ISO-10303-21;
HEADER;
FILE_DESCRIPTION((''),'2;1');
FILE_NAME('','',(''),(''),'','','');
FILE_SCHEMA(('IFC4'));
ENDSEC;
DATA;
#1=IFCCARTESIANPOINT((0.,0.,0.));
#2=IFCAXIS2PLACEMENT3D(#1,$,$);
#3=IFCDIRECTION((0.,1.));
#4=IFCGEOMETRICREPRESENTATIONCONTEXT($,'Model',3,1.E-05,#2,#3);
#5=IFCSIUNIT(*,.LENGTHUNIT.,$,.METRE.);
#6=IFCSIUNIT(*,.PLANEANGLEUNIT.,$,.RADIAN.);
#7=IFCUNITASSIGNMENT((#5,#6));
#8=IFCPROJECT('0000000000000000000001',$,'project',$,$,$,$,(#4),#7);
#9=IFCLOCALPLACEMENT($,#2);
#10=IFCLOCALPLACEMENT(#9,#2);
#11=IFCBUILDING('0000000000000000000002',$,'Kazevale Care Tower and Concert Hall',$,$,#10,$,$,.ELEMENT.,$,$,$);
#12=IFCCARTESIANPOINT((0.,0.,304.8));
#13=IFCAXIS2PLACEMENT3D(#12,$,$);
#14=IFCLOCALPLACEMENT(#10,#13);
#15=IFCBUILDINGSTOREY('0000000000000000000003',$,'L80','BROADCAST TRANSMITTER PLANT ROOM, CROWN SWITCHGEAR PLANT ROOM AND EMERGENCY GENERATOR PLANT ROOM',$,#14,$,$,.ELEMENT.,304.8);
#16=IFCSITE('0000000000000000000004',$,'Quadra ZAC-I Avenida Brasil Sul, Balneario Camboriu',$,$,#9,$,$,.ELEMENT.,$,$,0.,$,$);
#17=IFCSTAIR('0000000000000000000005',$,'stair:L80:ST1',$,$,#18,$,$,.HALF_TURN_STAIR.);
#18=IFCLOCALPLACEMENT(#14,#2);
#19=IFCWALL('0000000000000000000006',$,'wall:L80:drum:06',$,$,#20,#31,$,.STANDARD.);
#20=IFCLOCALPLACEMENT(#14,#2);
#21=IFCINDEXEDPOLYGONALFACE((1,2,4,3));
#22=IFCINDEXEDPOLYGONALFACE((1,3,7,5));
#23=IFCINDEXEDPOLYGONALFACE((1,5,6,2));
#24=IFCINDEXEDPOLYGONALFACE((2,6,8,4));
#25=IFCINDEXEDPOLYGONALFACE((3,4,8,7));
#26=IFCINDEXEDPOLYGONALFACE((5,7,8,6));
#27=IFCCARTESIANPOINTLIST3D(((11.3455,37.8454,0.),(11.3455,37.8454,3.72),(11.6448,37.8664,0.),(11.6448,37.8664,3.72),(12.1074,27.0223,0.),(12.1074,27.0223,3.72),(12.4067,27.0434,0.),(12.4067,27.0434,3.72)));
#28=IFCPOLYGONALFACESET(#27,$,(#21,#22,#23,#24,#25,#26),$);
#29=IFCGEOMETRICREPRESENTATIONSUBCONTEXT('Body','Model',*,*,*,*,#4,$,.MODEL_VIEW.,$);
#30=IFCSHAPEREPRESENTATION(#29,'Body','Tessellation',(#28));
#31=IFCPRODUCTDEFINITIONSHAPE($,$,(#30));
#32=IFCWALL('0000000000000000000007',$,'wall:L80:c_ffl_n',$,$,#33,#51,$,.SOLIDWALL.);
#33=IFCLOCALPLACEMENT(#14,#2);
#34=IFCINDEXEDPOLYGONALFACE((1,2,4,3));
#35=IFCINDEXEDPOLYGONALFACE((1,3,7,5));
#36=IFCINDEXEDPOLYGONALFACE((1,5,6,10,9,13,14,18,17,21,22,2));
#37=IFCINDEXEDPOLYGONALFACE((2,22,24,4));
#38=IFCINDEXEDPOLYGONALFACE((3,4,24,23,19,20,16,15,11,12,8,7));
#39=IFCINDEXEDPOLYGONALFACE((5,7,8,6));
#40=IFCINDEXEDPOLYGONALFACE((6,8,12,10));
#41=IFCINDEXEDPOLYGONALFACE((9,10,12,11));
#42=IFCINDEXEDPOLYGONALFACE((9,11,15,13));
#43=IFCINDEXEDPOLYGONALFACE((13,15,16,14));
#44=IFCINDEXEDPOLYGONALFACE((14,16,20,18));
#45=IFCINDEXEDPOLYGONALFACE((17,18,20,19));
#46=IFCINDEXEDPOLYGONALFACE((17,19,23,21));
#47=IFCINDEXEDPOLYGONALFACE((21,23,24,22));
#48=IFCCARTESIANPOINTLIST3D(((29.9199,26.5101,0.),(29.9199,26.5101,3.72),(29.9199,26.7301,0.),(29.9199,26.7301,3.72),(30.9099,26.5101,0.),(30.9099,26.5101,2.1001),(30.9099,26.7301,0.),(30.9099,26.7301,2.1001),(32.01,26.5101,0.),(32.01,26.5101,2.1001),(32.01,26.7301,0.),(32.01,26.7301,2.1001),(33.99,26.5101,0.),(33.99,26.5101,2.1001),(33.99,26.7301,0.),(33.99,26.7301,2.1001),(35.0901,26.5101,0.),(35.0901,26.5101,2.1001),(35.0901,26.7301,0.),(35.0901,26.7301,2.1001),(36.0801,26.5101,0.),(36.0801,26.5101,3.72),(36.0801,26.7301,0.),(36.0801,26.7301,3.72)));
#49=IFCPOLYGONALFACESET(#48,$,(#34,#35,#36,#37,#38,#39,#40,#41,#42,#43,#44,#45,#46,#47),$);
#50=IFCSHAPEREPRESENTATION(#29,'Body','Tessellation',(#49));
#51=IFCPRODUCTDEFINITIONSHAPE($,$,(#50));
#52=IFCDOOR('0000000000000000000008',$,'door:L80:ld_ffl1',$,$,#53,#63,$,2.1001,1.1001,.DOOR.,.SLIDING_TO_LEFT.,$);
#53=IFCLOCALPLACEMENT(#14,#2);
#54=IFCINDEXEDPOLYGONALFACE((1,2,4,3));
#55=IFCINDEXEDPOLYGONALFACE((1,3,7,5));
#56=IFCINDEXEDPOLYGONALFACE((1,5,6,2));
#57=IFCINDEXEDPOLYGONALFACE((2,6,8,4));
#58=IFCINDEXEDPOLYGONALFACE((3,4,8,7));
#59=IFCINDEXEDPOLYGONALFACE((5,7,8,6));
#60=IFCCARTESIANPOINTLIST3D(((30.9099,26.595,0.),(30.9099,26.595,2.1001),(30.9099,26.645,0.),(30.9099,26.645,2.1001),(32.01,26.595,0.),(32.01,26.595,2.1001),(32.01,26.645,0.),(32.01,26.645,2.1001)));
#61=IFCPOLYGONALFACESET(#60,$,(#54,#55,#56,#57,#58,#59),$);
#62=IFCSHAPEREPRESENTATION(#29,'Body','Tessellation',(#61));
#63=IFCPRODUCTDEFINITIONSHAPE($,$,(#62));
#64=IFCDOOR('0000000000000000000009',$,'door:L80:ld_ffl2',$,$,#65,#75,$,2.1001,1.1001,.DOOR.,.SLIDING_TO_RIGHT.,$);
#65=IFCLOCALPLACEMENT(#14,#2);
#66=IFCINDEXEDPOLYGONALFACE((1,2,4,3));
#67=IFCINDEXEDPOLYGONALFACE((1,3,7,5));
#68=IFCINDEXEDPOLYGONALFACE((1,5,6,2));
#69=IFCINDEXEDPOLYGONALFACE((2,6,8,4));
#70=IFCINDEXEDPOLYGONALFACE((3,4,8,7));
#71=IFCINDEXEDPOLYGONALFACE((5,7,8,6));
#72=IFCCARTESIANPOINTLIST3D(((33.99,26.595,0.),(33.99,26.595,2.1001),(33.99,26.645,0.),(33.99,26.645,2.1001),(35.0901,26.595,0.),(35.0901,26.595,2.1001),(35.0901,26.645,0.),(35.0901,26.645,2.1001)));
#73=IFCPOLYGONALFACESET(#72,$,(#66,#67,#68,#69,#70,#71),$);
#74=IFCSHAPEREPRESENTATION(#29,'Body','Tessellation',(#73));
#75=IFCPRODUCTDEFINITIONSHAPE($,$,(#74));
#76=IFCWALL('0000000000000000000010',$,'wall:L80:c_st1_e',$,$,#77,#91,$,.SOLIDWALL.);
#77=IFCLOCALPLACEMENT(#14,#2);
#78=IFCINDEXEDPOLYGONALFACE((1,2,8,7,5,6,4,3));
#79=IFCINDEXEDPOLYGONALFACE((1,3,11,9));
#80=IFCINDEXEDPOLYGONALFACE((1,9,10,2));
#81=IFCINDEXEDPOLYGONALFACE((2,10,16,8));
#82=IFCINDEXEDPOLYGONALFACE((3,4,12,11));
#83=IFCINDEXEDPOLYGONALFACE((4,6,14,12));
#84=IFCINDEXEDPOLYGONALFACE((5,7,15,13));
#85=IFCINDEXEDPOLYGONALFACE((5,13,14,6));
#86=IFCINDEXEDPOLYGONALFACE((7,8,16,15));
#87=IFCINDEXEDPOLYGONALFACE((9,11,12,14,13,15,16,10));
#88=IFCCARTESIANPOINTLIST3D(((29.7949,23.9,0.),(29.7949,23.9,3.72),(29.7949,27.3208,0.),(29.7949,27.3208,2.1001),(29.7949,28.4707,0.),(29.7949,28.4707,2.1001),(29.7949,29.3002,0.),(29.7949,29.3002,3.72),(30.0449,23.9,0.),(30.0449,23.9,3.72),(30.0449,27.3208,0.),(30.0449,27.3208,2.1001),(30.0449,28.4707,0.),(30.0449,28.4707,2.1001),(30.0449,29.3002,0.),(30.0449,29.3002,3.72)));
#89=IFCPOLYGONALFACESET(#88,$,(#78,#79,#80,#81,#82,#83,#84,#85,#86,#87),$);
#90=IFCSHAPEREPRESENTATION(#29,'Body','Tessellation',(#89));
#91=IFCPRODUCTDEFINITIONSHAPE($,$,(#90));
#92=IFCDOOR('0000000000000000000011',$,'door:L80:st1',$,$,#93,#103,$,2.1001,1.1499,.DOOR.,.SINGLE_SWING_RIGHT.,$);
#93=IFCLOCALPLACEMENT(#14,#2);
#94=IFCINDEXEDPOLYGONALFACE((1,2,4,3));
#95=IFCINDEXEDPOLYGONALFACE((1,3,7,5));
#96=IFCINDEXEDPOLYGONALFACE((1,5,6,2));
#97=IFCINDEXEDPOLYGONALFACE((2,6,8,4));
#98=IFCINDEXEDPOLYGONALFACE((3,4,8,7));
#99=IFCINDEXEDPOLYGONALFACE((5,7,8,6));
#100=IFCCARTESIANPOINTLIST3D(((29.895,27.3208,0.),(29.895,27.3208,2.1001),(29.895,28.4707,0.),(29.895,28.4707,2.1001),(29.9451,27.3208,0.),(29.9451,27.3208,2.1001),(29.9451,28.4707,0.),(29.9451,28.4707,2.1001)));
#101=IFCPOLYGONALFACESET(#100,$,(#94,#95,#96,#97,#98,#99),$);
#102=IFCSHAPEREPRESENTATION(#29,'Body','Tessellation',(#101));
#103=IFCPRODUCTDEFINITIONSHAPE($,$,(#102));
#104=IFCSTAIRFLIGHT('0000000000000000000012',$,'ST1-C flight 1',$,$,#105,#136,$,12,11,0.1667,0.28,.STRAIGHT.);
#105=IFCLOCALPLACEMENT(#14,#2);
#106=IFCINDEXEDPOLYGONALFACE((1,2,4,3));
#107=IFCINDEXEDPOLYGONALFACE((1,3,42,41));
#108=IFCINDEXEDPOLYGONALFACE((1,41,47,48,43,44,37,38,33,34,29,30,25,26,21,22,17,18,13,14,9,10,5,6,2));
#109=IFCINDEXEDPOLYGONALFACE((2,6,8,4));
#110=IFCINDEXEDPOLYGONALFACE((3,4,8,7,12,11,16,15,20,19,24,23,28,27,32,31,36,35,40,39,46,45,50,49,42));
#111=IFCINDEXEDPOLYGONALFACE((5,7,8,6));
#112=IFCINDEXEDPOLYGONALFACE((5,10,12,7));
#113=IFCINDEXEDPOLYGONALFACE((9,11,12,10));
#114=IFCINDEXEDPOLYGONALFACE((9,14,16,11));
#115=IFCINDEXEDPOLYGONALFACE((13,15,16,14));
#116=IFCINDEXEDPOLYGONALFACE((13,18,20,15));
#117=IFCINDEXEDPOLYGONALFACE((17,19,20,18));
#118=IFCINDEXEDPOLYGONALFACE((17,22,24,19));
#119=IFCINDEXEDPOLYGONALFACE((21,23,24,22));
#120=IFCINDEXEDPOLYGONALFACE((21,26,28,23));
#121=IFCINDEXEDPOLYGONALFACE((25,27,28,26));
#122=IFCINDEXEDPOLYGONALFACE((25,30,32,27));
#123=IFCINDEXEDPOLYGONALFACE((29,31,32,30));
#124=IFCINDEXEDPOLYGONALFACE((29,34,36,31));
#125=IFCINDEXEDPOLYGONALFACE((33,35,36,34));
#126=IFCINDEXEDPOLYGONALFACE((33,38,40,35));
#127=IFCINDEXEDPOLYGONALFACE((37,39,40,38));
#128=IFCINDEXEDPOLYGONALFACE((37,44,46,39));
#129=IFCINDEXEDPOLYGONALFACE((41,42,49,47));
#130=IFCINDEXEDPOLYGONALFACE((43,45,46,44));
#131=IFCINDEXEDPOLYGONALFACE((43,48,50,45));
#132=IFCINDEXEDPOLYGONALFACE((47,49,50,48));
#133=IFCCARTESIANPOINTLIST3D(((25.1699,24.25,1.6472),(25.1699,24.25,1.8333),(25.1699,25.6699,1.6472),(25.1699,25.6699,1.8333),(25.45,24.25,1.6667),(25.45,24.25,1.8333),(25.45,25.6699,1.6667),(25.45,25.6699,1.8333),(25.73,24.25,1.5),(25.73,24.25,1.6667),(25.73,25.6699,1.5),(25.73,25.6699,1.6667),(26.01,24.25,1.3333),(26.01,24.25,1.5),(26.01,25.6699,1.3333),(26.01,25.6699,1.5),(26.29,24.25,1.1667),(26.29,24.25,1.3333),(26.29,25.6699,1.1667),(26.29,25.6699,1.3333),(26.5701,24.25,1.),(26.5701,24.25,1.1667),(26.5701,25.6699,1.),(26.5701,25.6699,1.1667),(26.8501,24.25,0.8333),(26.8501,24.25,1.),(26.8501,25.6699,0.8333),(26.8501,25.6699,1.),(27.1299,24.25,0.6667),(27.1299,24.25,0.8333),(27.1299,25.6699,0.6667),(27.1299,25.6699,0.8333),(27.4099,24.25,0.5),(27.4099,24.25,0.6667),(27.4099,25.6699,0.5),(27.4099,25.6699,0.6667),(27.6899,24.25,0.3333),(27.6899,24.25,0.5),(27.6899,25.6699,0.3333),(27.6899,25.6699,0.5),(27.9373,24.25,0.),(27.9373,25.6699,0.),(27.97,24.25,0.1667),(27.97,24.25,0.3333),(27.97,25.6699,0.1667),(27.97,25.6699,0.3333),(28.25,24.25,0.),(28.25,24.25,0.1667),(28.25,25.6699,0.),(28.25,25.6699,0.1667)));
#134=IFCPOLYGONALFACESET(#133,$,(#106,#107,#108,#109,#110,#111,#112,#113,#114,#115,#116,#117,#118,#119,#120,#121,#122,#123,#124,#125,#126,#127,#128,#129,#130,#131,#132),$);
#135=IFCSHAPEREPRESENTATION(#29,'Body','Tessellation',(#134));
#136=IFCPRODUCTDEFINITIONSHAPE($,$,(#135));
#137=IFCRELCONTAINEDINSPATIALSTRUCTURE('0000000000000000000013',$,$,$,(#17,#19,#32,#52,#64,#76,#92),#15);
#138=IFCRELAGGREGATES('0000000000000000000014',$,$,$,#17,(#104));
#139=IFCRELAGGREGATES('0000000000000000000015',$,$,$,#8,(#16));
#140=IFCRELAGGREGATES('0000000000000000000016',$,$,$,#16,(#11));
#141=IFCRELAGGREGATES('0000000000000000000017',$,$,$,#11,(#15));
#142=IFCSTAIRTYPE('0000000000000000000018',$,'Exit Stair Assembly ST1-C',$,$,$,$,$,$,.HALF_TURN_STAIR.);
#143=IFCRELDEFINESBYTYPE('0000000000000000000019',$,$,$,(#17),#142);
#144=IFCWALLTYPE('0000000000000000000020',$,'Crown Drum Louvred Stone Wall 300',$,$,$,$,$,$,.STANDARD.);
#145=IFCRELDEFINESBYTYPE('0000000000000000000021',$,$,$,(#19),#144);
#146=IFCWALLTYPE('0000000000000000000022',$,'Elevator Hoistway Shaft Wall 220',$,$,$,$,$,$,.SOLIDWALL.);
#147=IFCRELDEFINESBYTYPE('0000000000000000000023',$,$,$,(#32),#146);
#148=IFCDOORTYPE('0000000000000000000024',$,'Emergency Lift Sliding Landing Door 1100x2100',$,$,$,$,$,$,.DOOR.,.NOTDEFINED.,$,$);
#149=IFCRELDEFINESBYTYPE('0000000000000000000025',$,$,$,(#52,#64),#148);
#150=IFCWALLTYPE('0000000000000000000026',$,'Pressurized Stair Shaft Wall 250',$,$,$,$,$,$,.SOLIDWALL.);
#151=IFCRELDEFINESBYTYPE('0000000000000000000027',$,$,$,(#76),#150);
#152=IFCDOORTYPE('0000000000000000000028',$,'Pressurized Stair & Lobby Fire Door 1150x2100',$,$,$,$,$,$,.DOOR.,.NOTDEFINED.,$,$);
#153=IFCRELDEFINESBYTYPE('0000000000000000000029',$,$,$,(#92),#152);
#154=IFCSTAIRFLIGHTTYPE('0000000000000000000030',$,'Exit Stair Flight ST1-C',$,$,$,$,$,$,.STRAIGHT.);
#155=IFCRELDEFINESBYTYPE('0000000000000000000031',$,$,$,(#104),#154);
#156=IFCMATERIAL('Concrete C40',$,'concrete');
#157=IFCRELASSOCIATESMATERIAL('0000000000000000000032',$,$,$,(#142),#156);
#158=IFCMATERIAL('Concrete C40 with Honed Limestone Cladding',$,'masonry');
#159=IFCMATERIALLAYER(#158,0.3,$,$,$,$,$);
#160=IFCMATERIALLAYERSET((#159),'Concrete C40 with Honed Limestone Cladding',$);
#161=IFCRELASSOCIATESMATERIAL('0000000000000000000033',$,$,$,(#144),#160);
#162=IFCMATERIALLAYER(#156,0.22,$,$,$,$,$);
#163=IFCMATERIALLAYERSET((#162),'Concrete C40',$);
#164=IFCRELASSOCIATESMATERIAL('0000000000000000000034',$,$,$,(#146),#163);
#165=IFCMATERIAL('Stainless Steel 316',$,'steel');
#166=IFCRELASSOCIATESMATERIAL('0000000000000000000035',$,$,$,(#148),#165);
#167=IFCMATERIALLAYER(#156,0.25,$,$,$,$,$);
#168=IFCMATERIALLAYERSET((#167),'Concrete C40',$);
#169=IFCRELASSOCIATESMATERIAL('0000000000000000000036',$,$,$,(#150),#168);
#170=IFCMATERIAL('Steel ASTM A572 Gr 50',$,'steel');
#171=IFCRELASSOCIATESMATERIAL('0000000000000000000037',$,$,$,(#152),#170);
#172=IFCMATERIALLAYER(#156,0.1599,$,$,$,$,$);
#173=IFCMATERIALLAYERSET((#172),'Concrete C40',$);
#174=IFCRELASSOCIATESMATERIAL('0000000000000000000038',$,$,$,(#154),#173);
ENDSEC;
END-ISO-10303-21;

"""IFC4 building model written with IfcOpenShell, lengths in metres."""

from ifc_helpers import new_model, si_unit, direction, frame, frame_2d, origin, place, context, subcontext, project, spatial, polyline, rectangle, outline, extrude, material, layer, layer_set, type_object, element, fill, aggregate, save


model = new_model("IFC4")

# Units and contexts
model_context = context("Model", 3, precision=1e-05, world=origin(), true_north=direction((0.0, 1.0)))
body_context = subcontext(model_context, "Body", "Model", "MODEL_VIEW")
ifc_project = project(units=[si_unit("LENGTHUNIT", "METRE"), si_unit("PLANEANGLEUNIT", "RADIAN")], contexts=[model_context])

# Site, building, storey
site_placement = place(None, origin())
site = spatial("IfcSite", under=ifc_project, at=site_placement, Name="Quadra ZAC-I Avenida Brasil Sul, Balneario Camboriu", CompositionType="ELEMENT", RefElevation=0.0)
building_placement = place(site_placement, origin())
building = spatial("IfcBuilding", under=site, at=building_placement, Name="Kazevale Care Tower and Concert Hall", CompositionType="ELEMENT")
storey_placement = place(building_placement, frame((0.0, 0.0, 304.8)))
storey = spatial("IfcBuildingStorey", under=building, at=storey_placement, Name="L80", Description="BROADCAST TRANSMITTER PLANT ROOM, CROWN SWITCHGEAR PLANT ROOM AND EMERGENCY GENERATOR PLANT ROOM", CompositionType="ELEMENT", Elevation=304.8)

# Shared definitions
ifc_material_1 = material(Name="Steel ASTM A572 Gr 50", Category="steel")

# Shared definitions
ifc_material_2 = material(Name="Concrete C40", Category="concrete")

# Stair
stair_type = type_object("IfcStairType", Name="Exit Stair Assembly ST1-C", PredefinedType="HALF_TURN_STAIR", material=ifc_material_2)
stair_1_placement = place(storey_placement, origin())
stair_1 = element("IfcStair", 1, at=stair_1_placement, inside=storey, type_object=stair_type, Name="stair:L80:ST1", PredefinedType="HALF_TURN_STAIR")

# Shared definitions
ifc_material_3 = material(Name="Concrete C40 with Honed Limestone Cladding", Category="masonry")
ifc_layer_1 = layer(ifc_material_3, 0.3)
ifc_layer_set_1 = layer_set([ifc_layer_1], Name="Concrete C40 with Honed Limestone Cladding")
wall_type_1 = type_object("IfcWallType", Name="Crown Drum Louvred Stone Wall 300", PredefinedType="STANDARD", material=ifc_layer_set_1)

# Wall
wall_1_placement = place(storey_placement, frame((12.2571, 27.033, 0.0), z_axis=(0.0, 0.0, 1.0), x_axis=(-0.070228, 0.997531, 0.0)))
element("IfcWall", 2, at=wall_1_placement, inside=storey, type_object=wall_type_1, Name="wall:L80:drum:06", PredefinedType="STANDARD", context=body_context, shape_type="SweptSolid", body=[
    extrude(rectangle(XDim=10.8499, YDim=0.3, at=frame_2d((5.4248, 0.0))), origin(), (0.0, 0.0, 1.0), 3.72),
])

# Wall, openings, doors
ifc_layer_2 = layer(ifc_material_2, 0.22)
ifc_layer_set_2 = layer_set([ifc_layer_2], Name="Concrete C40")
wall_type_2 = type_object("IfcWallType", Name="Elevator Hoistway Shaft Wall 220", PredefinedType="SOLIDWALL", material=ifc_layer_set_2)
wall_2_placement = place(storey_placement, frame((29.9199, 26.6201, 0.0), z_axis=(0.0, 0.0, 1.0), x_axis=(1.0, 0.0, 0.0)))
wall_2 = element("IfcWall", 3, at=wall_2_placement, inside=storey, type_object=wall_type_2, Name="wall:L80:c_ffl_n", PredefinedType="SOLIDWALL", context=body_context, shape_type="SweptSolid", body=[
    extrude(rectangle(XDim=6.1602, YDim=0.22, at=frame_2d((3.0801, 0.0))), origin(), (0.0, 0.0, 1.0), 3.72),
])
opening_1_placement = place(wall_2_placement, frame((0.99, 0.0, 0.0)))
opening_1 = element("IfcOpeningElement", 4, at=opening_1_placement, cuts=wall_2, PredefinedType="OPENING", context=body_context, shape_type="SweptSolid", body=[
    extrude(rectangle(XDim=1.1001, YDim=2.1001, at=frame_2d((0.55, 1.05))), frame((0.0, 0.1199, 0.0), z_axis=(0.0, -1.0, 0.0), x_axis=(1.0, 0.0, 0.0)), (0.0, 0.0, 1.0), 0.24),
])
opening_2_placement = place(wall_2_placement, frame((4.0701, 0.0, 0.0)))
opening_2 = element("IfcOpeningElement", 5, at=opening_2_placement, cuts=wall_2, PredefinedType="OPENING", context=body_context, shape_type="SweptSolid", body=[
    extrude(rectangle(XDim=1.1001, YDim=2.1001, at=frame_2d((0.55, 1.05))), frame((0.0, 0.1199, 0.0), z_axis=(0.0, -1.0, 0.0), x_axis=(1.0, 0.0, 0.0)), (0.0, 0.0, 1.0), 0.24),
])
ifc_material_4 = material(Name="Stainless Steel 316", Category="steel")
door_type_1 = type_object("IfcDoorType", Name="Emergency Lift Sliding Landing Door 1100x2100", OperationType="NOTDEFINED", PredefinedType="DOOR", material=ifc_material_4)
door_1_placement = place(opening_1_placement, origin())
door_1 = element("IfcDoor", 6, at=door_1_placement, inside=storey, type_object=door_type_1, Name="door:L80:ld_ffl1", OperationType="SLIDING_TO_LEFT", OverallHeight=2.1001, OverallWidth=1.1001, PredefinedType="DOOR", context=body_context, shape_type="SweptSolid", body=[
    extrude(rectangle(XDim=1.1001, YDim=2.1001, at=frame_2d((0.55, 1.05))), frame((0.0, 0.0249, 0.0), z_axis=(0.0, -1.0, 0.0), x_axis=(1.0, 0.0, 0.0)), (0.0, 0.0, 1.0), 0.05),
])
fill(opening_1, door_1)
door_2_placement = place(opening_2_placement, origin())
door_2 = element("IfcDoor", 7, at=door_2_placement, inside=storey, type_object=door_type_1, Name="door:L80:ld_ffl2", OperationType="SLIDING_TO_RIGHT", OverallHeight=2.1001, OverallWidth=1.1001, PredefinedType="DOOR", context=body_context, shape_type="SweptSolid", body=[
    extrude(rectangle(XDim=1.1001, YDim=2.1001, at=frame_2d((0.55, 1.05))), frame((0.0, 0.0249, 0.0), z_axis=(0.0, -1.0, 0.0), x_axis=(1.0, 0.0, 0.0)), (0.0, 0.0, 1.0), 0.05),
])
fill(opening_2, door_2)

# Wall, opening, door
ifc_layer_3 = layer(ifc_material_2, 0.25)
ifc_layer_set_3 = layer_set([ifc_layer_3], Name="Concrete C40")
wall_type_3 = type_object("IfcWallType", Name="Pressurized Stair Shaft Wall 250", PredefinedType="SOLIDWALL", material=ifc_layer_set_3)
wall_3_placement = place(storey_placement, frame((29.9199, 23.8999, 0.0), z_axis=(0.0, 0.0, 1.0), x_axis=(0.0, 1.0, 0.0)))
wall_3 = element("IfcWall", 8, at=wall_3_placement, inside=storey, type_object=wall_type_3, Name="wall:L80:c_st1_e", PredefinedType="SOLIDWALL", context=body_context, shape_type="SweptSolid", body=[
    extrude(rectangle(XDim=5.4001, YDim=0.25, at=frame_2d((2.7002, 0.0))), origin(), (0.0, 0.0, 1.0), 3.72),
])
opening_3_placement = place(wall_3_placement, frame((3.4209, 0.0, 0.0)))
opening_3 = element("IfcOpeningElement", 9, at=opening_3_placement, cuts=wall_3, PredefinedType="OPENING", context=body_context, shape_type="SweptSolid", body=[
    extrude(rectangle(XDim=1.1499, YDim=2.1001, at=frame_2d((0.575, 1.05))), frame((0.0, 0.135, 0.0), z_axis=(0.0, -1.0, 0.0), x_axis=(1.0, 0.0, 0.0)), (0.0, 0.0, 1.0), 0.27),
])
door_type_2 = type_object("IfcDoorType", Name="Pressurized Stair & Lobby Fire Door 1150x2100", OperationType="NOTDEFINED", PredefinedType="DOOR", material=ifc_material_1)
door_3_placement = place(opening_3_placement, origin())
door_3 = element("IfcDoor", 10, at=door_3_placement, inside=storey, type_object=door_type_2, Name="door:L80:st1", OperationType="SINGLE_SWING_RIGHT", OverallHeight=2.1001, OverallWidth=1.1499, PredefinedType="DOOR", context=body_context, shape_type="SweptSolid", body=[
    extrude(rectangle(XDim=1.1499, YDim=2.1001, at=frame_2d((0.575, 1.05))), frame((0.0, 0.0249, 0.0), z_axis=(0.0, -1.0, 0.0), x_axis=(1.0, 0.0, 0.0)), (0.0, 0.0, 1.0), 0.05),
])
fill(opening_3, door_3)

# Stair flight
ifc_layer_4 = layer(ifc_material_2, 0.1599)
ifc_layer_set_4 = layer_set([ifc_layer_4], Name="Concrete C40")
stair_flight_type = type_object("IfcStairFlightType", Name="Exit Stair Flight ST1-C", PredefinedType="STRAIGHT", material=ifc_layer_set_4)
stair_flight_placement = place(storey_placement, frame((28.25, 24.96, 0.0), z_axis=(0.0, 0.0, 1.0), x_axis=(-1.0, 0.0, 0.0)))
stair_flight = element("IfcStairFlight", 11, at=stair_flight_placement, type_object=stair_flight_type, Name="ST1-C flight 1", NumberOfRisers=12, NumberOfTreads=11, PredefinedType="STRAIGHT", RiserHeight=0.1667, TreadLength=0.28, context=body_context, shape_type="SweptSolid", body=[
    extrude(outline(polyline([(0.0, 0.0), (0.0, 0.1667), (0.28, 0.1667), (0.28, 0.3333), (0.5601, 0.3333), (0.5601, 0.5), (0.8401, 0.5), (0.8401, 0.6667), (1.1201, 0.6667), (1.1201, 0.8333), (1.3999, 0.8333), (1.3999, 1.0), (1.6799, 1.0), (1.6799, 1.1667), (1.96, 1.1667), (1.96, 1.3333), (2.24, 1.3333), (2.24, 1.5), (2.52, 1.5), (2.52, 1.6667), (2.8, 1.6667), (2.8, 1.8333), (3.0801, 1.8333), (3.0801, 2.0), (3.0801, 1.6472), (0.3127, 0.0), (0.0, 0.0)])), frame((0.0, 0.71, 0.0), z_axis=(0.0, -1.0, 0.0), x_axis=(1.0, 0.0, 0.0)), (0.0, 0.0, 1.0), 1.4199),
])
aggregate(stair_1, [stair_flight])

save(model, "model.ifc")
